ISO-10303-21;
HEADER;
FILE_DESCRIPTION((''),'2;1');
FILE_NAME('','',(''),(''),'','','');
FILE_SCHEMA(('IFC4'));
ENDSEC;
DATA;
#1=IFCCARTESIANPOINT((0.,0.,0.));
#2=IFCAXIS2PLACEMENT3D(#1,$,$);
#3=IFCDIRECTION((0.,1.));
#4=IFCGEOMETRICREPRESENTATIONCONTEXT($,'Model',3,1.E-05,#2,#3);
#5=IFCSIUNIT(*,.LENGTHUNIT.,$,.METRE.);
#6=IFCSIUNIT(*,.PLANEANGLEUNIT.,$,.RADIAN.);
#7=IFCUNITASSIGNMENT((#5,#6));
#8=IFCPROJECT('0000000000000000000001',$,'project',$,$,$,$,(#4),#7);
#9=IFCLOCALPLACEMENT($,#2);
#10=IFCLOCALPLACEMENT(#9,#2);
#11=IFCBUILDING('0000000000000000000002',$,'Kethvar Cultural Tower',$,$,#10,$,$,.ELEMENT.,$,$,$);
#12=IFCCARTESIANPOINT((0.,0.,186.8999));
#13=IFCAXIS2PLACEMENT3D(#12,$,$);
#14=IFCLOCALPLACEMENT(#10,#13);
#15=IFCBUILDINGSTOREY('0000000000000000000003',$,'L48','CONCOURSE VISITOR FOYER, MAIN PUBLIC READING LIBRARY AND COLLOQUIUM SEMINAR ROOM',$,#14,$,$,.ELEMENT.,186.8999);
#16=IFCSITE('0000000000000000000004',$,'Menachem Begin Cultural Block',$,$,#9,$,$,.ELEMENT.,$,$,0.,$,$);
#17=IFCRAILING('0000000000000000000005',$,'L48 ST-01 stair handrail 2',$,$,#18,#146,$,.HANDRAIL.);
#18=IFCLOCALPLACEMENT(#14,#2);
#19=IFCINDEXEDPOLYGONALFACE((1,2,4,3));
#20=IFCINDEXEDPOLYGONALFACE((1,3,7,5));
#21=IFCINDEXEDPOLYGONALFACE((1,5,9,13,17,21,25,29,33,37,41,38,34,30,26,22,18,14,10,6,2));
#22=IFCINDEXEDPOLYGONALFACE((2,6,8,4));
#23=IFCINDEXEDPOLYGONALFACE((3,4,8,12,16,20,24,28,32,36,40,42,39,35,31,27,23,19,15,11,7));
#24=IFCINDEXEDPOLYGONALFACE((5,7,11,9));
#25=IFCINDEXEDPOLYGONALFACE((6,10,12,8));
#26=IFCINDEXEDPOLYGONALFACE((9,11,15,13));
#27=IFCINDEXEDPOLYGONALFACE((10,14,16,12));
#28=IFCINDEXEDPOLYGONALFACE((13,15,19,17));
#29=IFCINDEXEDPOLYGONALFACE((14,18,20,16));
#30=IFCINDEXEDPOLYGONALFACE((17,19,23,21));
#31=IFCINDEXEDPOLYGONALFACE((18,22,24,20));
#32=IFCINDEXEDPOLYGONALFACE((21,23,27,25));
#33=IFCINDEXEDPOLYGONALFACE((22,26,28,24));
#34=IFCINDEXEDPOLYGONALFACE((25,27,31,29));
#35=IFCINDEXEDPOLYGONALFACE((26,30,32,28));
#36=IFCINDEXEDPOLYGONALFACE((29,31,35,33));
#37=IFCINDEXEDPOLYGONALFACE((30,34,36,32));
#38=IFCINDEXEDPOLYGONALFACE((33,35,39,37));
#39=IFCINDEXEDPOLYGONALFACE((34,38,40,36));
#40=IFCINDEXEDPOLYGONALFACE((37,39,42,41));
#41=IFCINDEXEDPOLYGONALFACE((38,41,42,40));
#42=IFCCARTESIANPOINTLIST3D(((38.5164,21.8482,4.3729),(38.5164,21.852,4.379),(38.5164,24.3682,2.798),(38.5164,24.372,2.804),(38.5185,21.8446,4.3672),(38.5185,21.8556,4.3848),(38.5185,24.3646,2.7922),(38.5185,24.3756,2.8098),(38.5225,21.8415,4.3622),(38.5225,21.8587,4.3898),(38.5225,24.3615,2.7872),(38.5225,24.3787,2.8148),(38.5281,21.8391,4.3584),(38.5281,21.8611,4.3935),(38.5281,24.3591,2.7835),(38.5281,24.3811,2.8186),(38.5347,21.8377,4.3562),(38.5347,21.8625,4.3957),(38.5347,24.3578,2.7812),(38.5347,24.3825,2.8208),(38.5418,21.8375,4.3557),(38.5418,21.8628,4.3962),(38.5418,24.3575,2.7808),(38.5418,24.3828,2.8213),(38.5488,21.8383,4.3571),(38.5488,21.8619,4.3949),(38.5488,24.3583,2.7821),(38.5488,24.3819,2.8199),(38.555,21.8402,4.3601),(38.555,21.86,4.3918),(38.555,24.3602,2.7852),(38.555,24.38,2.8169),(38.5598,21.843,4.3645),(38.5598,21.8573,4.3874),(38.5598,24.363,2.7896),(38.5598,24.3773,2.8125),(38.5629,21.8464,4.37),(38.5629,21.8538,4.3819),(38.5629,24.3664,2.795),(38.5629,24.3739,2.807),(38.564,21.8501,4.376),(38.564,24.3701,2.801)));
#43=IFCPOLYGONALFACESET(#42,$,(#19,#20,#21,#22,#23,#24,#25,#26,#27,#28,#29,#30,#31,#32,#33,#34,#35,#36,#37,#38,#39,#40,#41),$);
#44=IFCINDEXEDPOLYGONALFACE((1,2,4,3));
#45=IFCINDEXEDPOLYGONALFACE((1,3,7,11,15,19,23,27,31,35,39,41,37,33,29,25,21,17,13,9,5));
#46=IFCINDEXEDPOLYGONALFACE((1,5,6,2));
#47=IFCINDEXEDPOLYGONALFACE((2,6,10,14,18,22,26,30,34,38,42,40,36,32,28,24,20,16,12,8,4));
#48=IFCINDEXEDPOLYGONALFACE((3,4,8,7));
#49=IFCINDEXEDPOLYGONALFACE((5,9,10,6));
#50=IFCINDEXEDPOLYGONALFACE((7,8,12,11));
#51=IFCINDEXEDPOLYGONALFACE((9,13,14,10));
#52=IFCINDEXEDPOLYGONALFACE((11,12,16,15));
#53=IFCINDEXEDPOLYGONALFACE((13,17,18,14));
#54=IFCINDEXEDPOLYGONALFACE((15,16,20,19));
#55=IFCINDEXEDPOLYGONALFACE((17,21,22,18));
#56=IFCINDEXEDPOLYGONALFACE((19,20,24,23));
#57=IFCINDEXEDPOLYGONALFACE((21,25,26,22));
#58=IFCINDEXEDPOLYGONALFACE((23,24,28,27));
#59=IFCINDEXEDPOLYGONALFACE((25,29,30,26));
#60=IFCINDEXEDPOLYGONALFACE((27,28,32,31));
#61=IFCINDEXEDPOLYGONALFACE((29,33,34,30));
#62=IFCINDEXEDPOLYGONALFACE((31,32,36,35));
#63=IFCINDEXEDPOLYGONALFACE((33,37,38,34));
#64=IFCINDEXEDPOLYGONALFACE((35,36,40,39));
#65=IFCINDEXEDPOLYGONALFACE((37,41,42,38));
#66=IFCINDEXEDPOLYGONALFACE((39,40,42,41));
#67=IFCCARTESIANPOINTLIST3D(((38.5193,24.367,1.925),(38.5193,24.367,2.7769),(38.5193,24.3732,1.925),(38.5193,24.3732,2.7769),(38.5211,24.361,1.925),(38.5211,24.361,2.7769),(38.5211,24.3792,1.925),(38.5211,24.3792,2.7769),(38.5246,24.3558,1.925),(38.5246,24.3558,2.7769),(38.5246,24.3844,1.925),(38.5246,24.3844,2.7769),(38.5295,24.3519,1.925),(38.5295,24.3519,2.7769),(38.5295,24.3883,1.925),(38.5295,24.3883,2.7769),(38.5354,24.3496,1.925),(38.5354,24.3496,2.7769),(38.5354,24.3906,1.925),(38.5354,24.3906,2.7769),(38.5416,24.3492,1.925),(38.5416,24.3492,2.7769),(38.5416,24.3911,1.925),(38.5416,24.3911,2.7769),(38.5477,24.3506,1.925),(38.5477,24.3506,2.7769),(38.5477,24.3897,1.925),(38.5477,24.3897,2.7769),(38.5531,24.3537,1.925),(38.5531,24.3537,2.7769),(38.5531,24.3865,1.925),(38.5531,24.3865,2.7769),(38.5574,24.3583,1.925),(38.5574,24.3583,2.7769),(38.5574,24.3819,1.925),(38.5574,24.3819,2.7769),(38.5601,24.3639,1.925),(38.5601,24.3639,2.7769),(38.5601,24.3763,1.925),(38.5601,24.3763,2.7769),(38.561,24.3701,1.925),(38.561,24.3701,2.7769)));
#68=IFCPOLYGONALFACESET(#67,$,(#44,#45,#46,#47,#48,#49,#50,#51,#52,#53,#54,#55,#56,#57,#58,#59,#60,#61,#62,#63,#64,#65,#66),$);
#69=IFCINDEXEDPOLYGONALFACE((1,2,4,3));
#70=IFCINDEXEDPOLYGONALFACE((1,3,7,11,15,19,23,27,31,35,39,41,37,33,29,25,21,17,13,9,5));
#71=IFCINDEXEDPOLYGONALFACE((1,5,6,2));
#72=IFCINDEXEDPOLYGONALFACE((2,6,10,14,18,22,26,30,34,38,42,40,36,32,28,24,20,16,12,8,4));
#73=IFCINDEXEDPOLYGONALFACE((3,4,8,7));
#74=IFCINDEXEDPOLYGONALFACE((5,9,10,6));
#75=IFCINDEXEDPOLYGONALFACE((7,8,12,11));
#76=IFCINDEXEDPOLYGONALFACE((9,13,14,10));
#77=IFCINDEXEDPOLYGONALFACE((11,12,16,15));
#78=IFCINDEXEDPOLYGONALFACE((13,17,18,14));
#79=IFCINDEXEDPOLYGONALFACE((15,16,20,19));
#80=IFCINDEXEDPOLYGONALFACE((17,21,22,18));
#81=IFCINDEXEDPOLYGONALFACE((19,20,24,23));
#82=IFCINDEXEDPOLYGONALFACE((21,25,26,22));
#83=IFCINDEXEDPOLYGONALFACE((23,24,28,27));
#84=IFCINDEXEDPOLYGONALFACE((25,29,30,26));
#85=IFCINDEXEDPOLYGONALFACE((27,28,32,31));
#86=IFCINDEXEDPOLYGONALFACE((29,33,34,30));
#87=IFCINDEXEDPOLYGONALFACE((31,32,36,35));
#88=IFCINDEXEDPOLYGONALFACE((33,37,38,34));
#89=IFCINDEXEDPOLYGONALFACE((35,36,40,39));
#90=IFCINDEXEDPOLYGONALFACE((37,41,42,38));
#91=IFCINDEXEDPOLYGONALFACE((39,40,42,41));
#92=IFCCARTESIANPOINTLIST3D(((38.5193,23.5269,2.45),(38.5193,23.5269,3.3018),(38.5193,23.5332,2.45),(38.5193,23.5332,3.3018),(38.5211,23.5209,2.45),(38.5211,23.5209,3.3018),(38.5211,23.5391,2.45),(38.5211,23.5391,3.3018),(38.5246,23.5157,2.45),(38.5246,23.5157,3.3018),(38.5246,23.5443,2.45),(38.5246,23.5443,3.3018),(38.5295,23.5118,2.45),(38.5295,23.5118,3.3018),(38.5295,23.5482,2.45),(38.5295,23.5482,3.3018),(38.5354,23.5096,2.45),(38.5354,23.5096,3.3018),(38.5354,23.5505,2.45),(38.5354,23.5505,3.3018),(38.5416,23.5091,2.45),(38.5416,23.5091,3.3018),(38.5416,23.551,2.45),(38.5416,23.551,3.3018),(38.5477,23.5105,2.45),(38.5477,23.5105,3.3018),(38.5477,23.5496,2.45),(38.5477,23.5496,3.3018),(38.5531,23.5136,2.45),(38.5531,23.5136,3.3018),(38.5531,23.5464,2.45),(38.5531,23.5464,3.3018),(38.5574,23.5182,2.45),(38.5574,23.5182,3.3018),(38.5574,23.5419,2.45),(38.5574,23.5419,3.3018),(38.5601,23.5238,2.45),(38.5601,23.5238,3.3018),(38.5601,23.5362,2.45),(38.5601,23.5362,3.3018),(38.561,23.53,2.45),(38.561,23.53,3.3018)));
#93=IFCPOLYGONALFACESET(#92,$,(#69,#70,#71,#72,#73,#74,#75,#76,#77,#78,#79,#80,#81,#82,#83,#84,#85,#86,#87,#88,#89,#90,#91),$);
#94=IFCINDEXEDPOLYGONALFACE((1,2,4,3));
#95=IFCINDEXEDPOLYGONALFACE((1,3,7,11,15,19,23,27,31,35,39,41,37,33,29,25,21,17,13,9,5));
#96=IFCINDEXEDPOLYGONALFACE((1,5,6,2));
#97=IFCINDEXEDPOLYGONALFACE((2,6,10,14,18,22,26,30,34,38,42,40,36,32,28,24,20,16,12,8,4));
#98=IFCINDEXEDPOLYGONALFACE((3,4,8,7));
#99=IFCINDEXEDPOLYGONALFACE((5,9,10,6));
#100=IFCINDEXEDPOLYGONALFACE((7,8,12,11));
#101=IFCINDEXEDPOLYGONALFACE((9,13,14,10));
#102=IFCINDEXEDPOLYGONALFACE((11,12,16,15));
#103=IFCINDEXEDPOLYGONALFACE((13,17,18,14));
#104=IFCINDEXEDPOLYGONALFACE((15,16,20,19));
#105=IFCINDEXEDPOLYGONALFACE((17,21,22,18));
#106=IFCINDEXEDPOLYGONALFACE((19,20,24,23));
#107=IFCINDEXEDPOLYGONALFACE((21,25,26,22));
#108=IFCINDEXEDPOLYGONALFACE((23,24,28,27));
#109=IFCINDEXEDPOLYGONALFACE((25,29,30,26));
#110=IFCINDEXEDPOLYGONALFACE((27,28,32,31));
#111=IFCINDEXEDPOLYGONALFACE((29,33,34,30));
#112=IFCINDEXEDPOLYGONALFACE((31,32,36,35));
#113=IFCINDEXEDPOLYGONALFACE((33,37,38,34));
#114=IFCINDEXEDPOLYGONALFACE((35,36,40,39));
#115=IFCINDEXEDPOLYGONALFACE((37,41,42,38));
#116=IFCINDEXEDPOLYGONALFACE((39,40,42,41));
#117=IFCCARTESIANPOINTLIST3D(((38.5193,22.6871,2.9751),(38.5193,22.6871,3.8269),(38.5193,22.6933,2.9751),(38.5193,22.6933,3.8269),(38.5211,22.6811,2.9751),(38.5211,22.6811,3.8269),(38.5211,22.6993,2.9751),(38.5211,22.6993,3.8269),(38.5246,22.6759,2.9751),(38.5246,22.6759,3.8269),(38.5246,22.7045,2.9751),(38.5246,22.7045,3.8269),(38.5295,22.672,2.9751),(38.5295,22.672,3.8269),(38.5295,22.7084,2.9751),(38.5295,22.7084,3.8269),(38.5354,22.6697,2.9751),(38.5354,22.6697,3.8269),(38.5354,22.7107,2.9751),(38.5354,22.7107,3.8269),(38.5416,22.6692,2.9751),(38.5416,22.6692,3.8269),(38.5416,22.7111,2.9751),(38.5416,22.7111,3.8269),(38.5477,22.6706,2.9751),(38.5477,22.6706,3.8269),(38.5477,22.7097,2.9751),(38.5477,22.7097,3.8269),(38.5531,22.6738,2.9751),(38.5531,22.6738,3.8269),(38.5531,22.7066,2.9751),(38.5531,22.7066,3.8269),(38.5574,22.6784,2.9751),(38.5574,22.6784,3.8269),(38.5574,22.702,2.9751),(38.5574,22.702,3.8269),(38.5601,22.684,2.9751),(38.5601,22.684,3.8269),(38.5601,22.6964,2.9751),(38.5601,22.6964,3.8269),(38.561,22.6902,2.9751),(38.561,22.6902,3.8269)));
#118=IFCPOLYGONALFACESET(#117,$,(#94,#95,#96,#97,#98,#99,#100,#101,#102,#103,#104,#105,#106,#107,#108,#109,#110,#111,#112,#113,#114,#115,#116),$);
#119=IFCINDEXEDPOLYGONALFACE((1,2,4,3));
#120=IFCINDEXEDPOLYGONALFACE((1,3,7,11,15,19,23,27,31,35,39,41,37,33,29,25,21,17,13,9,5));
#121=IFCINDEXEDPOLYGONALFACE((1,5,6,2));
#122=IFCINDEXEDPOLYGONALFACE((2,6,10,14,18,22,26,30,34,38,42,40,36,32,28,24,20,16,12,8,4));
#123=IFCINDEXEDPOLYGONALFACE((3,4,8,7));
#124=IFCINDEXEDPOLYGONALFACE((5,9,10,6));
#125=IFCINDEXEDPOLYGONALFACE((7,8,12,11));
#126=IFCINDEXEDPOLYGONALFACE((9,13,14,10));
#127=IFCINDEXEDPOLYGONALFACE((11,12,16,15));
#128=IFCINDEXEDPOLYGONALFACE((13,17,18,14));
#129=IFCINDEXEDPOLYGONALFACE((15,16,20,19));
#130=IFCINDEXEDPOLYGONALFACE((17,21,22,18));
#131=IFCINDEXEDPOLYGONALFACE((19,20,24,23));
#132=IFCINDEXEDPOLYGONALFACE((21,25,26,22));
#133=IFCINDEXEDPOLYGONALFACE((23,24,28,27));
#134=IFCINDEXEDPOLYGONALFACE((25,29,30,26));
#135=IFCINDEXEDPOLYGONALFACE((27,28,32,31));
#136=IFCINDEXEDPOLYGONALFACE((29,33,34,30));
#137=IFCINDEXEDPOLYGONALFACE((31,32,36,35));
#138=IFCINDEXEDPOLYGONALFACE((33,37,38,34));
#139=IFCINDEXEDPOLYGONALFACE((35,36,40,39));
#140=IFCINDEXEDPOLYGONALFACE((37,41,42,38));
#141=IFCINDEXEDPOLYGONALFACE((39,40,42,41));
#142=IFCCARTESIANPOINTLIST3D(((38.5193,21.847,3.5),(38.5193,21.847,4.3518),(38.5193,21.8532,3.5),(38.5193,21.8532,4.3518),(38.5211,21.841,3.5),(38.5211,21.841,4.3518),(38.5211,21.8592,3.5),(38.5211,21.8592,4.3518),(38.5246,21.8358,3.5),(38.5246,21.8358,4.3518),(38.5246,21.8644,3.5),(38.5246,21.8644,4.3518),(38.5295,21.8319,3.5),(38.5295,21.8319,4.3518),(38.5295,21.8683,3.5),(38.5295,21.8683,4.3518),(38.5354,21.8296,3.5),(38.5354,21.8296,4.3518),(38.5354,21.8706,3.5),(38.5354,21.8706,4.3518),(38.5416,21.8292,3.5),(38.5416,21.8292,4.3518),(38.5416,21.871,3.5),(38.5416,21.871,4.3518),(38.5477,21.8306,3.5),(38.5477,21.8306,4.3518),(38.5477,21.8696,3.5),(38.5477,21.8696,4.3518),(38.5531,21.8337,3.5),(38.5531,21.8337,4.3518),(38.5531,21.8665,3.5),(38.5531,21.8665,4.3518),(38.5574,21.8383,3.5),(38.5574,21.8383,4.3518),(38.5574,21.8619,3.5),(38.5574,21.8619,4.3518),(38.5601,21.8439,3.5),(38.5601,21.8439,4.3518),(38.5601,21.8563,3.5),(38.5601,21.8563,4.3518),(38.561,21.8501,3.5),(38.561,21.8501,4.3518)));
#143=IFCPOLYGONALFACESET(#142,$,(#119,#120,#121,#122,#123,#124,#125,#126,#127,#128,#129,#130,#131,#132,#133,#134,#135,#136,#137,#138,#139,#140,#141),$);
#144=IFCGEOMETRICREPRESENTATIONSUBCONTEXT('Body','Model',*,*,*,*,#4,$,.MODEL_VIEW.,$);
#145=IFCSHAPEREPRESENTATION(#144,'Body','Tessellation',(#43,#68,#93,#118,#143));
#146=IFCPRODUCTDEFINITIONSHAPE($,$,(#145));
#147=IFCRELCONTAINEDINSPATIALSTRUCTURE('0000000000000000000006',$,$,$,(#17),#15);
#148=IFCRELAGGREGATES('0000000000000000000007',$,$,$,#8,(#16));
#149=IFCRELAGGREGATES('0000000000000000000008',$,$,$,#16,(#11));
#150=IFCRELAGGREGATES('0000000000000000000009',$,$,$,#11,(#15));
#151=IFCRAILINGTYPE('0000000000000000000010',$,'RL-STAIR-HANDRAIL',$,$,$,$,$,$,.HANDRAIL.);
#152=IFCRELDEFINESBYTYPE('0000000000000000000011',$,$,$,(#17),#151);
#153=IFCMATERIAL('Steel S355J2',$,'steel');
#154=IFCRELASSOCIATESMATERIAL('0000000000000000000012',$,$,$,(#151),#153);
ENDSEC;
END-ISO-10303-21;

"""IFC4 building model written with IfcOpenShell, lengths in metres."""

from ifc_helpers import new_model, si_unit, direction, frame, origin, origin_2d, place, context, subcontext, project, spatial, circle, extrude, material, type_object, element, save


model = new_model("IFC4")

# Units and contexts
model_context = context("Model", 3, precision=1e-05, world=origin(), true_north=direction((0.0, 1.0)))
body_context = subcontext(model_context, "Body", "Model", "MODEL_VIEW")
ifc_project = project(units=[si_unit("LENGTHUNIT", "METRE"), si_unit("PLANEANGLEUNIT", "RADIAN")], contexts=[model_context])

# Site, building, storey
site_placement = place(None, origin())
site = spatial("IfcSite", under=ifc_project, at=site_placement, Name="Menachem Begin Cultural Block", CompositionType="ELEMENT", RefElevation=0.0)
building_placement = place(site_placement, origin())
building = spatial("IfcBuilding", under=site, at=building_placement, Name="Kethvar Cultural Tower", CompositionType="ELEMENT")
storey_placement = place(building_placement, frame((0.0, 0.0, 186.8999)))
storey = spatial("IfcBuildingStorey", under=building, at=storey_placement, Name="L48", Description="CONCOURSE VISITOR FOYER, MAIN PUBLIC READING LIBRARY AND COLLOQUIUM SEMINAR ROOM", CompositionType="ELEMENT", Elevation=186.8999)

# Shared definitions
ifc_material_1 = material(Name="Steel S355J2", Category="steel")

# Railing
railing_type_1 = type_object("IfcRailingType", Name="RL-STAIR-HANDRAIL", PredefinedType="HANDRAIL", material=ifc_material_1)
railing_1_placement = place(storey_placement, frame((38.54, 24.3701, 1.925)))
element("IfcRailing", 1, at=railing_1_placement, inside=storey, type_object=railing_type_1, Name="L48 ST-01 stair handrail 2", PredefinedType="HANDRAIL", context=body_context, shape_type="SweptSolid", body=[
    extrude(circle(Radius=0.0239, at=origin_2d()), frame((0.0, 0.0, 0.876), z_axis=(0.0, -0.848008, 0.529984), x_axis=(1.0, 0.0, 0.0)), (0.0, 0.0, 1.0), 2.9717),
    extrude(circle(Radius=0.021, at=origin_2d()), origin(), (0.0, 0.0, 1.0), 0.8518),
    extrude(circle(Radius=0.021, at=origin_2d()), frame((0.0, -0.8401, 0.5249)), (0.0, 0.0, 1.0), 0.8518),
    extrude(circle(Radius=0.021, at=origin_2d()), frame((0.0, -1.6799, 1.05)), (0.0, 0.0, 1.0), 0.8518),
    extrude(circle(Radius=0.021, at=origin_2d()), frame((0.0, -2.52, 1.575)), (0.0, 0.0, 1.0), 0.8518),
])

save(model, "model.ifc")
